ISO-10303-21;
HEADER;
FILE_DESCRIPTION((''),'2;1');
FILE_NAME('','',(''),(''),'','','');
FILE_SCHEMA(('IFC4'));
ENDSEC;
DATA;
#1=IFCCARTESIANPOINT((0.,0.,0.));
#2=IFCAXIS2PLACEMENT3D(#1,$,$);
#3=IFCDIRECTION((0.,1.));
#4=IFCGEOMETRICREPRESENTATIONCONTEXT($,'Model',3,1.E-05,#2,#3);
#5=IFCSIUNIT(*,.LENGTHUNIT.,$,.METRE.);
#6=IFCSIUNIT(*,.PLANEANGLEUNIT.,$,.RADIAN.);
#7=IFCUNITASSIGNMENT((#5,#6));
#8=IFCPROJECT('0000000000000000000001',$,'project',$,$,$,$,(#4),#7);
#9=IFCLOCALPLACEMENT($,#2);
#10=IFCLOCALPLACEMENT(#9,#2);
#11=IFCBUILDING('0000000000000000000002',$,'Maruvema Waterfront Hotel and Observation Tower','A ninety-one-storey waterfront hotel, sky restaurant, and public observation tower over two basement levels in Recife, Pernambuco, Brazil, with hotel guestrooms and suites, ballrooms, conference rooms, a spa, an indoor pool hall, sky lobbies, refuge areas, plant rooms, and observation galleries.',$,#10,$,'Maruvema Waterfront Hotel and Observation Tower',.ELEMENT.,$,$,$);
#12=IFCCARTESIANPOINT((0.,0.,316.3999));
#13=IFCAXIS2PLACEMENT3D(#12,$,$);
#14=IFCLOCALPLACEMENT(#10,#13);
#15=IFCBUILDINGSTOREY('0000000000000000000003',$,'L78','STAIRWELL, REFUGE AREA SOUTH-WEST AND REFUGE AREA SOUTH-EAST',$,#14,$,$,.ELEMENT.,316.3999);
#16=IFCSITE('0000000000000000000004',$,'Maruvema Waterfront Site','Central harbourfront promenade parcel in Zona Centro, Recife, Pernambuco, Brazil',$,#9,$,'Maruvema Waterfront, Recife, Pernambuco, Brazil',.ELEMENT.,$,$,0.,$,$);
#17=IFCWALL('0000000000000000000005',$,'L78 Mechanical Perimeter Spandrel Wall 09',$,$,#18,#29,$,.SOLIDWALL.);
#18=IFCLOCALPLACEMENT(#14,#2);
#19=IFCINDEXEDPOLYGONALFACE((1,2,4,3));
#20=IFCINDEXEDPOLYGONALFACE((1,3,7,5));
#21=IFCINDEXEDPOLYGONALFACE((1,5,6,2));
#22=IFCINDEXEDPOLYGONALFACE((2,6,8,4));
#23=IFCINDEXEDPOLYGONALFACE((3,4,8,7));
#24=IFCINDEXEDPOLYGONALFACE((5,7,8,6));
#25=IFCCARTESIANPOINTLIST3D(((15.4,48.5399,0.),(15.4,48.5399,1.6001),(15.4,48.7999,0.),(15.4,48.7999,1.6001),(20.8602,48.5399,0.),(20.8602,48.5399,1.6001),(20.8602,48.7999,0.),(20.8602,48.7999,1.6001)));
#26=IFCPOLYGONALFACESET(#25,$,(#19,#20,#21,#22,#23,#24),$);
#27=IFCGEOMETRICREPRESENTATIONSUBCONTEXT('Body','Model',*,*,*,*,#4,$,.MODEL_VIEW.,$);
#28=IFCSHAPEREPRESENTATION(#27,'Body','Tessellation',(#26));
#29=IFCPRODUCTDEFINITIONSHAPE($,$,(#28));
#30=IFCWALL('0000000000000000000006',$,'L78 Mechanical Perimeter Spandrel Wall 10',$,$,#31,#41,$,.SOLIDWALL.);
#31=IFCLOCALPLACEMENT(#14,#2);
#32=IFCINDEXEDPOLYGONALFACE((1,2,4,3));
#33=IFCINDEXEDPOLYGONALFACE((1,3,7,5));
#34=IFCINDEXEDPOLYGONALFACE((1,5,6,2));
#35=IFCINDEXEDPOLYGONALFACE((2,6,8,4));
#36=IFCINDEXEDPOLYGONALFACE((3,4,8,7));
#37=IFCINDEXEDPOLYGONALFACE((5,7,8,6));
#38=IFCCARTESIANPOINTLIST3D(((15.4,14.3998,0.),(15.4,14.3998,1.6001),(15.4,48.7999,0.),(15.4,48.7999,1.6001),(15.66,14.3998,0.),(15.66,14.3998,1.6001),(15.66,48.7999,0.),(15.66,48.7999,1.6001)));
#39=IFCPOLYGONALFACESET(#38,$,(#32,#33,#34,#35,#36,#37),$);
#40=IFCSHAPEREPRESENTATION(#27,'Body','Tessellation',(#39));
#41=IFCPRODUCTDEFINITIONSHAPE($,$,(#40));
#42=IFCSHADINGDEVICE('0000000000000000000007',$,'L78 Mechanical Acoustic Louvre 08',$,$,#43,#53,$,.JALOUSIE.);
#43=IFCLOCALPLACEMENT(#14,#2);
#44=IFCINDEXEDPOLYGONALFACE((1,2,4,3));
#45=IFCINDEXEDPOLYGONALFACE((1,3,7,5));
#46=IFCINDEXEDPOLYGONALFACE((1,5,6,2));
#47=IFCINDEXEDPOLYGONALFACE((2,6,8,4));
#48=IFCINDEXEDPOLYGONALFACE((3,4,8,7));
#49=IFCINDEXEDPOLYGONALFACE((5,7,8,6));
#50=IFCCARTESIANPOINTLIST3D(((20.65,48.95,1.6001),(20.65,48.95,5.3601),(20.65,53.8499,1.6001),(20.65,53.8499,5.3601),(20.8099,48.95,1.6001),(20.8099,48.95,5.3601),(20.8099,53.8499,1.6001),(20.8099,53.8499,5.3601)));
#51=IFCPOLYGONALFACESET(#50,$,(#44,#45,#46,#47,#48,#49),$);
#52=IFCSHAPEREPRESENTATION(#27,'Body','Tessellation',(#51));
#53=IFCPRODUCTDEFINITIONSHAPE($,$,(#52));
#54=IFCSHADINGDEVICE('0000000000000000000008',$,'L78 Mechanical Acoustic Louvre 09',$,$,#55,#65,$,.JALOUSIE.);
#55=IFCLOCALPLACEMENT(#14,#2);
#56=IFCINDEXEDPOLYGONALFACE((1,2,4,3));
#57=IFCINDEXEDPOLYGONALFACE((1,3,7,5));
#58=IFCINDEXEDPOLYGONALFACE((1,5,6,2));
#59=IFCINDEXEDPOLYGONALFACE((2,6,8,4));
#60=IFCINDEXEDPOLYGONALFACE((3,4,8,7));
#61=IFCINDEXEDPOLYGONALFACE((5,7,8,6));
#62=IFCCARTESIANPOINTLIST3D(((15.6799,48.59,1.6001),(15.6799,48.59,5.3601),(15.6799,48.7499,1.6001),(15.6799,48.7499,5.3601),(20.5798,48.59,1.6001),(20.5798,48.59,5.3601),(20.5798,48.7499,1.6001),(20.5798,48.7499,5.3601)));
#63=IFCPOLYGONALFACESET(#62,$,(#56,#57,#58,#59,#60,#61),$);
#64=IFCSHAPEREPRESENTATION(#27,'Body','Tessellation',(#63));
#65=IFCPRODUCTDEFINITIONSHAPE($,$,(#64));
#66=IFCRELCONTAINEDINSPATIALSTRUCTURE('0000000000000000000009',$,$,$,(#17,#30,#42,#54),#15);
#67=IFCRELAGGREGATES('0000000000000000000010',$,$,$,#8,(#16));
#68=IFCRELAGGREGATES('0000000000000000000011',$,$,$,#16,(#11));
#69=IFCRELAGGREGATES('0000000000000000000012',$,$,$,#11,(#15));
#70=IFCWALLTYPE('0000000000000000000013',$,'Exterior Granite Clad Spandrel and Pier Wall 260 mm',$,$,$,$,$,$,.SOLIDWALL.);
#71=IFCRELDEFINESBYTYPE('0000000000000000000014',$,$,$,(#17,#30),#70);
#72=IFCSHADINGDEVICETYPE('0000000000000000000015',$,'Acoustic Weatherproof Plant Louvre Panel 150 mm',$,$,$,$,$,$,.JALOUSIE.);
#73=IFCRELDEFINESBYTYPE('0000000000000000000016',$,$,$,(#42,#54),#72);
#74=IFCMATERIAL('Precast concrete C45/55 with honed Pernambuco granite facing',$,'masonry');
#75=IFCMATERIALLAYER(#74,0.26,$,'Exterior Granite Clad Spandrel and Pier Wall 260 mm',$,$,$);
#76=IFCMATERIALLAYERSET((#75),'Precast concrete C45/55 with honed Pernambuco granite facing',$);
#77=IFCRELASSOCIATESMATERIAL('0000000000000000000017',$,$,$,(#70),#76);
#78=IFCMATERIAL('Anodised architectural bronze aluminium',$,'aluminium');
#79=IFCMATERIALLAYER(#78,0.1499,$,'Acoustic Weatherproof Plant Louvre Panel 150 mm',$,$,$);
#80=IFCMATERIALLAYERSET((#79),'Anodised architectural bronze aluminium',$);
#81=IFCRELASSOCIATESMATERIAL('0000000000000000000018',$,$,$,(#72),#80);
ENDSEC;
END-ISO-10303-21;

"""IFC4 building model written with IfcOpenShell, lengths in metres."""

from ifc_helpers import new_model, si_unit, direction, frame, frame_2d, origin, origin_2d, place, context, subcontext, project, spatial, rectangle, extrude, material, layer, layer_set, type_object, element, save


model = new_model("IFC4")

# Units and contexts
model_context = context("Model", 3, precision=1e-05, world=origin(), true_north=direction((0.0, 1.0)))
body_context = subcontext(model_context, "Body", "Model", "MODEL_VIEW")
ifc_project = project(units=[si_unit("LENGTHUNIT", "METRE"), si_unit("PLANEANGLEUNIT", "RADIAN")], contexts=[model_context])

# Site, building, storey
site_placement = place(None, origin())
site = spatial("IfcSite", under=ifc_project, at=site_placement, Name="Maruvema Waterfront Site", Description="Central harbourfront promenade parcel in Zona Centro, Recife, Pernambuco, Brazil", LongName="Maruvema Waterfront, Recife, Pernambuco, Brazil", CompositionType="ELEMENT", RefElevation=0.0)
building_placement = place(site_placement, origin())
building = spatial("IfcBuilding", under=site, at=building_placement, Name="Maruvema Waterfront Hotel and Observation Tower", Description="A ninety-one-storey waterfront hotel, sky restaurant, and public observation tower over two basement levels in Recife, Pernambuco, Brazil, with hotel guestrooms and suites, ballrooms, conference rooms, a spa, an indoor pool hall, sky lobbies, refuge areas, plant rooms, and observation galleries.", LongName="Maruvema Waterfront Hotel and Observation Tower", CompositionType="ELEMENT")
storey_placement = place(building_placement, frame((0.0, 0.0, 316.3999)))
storey = spatial("IfcBuildingStorey", under=building, at=storey_placement, Name="L78", Description="STAIRWELL, REFUGE AREA SOUTH-WEST AND REFUGE AREA SOUTH-EAST", CompositionType="ELEMENT", Elevation=316.3999)

# Walls
ifc_material_1 = material(Name="Precast concrete C45/55 with honed Pernambuco granite facing", Category="masonry")
ifc_layer_1 = layer(ifc_material_1, 0.26, Name="Exterior Granite Clad Spandrel and Pier Wall 260 mm")
ifc_layer_set_1 = layer_set([ifc_layer_1], Name="Precast concrete C45/55 with honed Pernambuco granite facing")
wall_type_1 = type_object("IfcWallType", Name="Exterior Granite Clad Spandrel and Pier Wall 260 mm", PredefinedType="SOLIDWALL", material=ifc_layer_set_1)
wall_1_placement = place(storey_placement, frame((20.8601, 48.6699, 0.0), z_axis=(0.0, 0.0, 1.0), x_axis=(-1.0, 0.0, 0.0)))
element("IfcWall", 1, at=wall_1_placement, inside=storey, type_object=wall_type_1, Name="L78 Mechanical Perimeter Spandrel Wall 09", PredefinedType="SOLIDWALL", context=body_context, shape_type="SweptSolid", body=[
    extrude(rectangle(XDim=5.4602, YDim=0.26, at=frame_2d((2.73, 0.0))), origin(), (0.0, 0.0, 1.0), 1.6001),
])
wall_2_placement = place(storey_placement, frame((15.53, 48.8, 0.0), z_axis=(0.0, 0.0, 1.0), x_axis=(0.0, -1.0, 0.0)))
element("IfcWall", 2, at=wall_2_placement, inside=storey, type_object=wall_type_1, Name="L78 Mechanical Perimeter Spandrel Wall 10", PredefinedType="SOLIDWALL", context=body_context, shape_type="SweptSolid", body=[
    extrude(rectangle(XDim=34.4001, YDim=0.26, at=frame_2d((17.2002, 0.0))), origin(), (0.0, 0.0, 1.0), 1.6001),
])

# Shading devices
ifc_material_2 = material(Name="Anodised architectural bronze aluminium", Category="aluminium")
ifc_layer_2 = layer(ifc_material_2, 0.1499, Name="Acoustic Weatherproof Plant Louvre Panel 150 mm")
ifc_layer_set_2 = layer_set([ifc_layer_2], Name="Anodised architectural bronze aluminium")
shading_device_type = type_object("IfcShadingDeviceType", Name="Acoustic Weatherproof Plant Louvre Panel 150 mm", PredefinedType="JALOUSIE", material=ifc_layer_set_2)
for number, where, z_axis, x_axis, name in (
    (3, (20.73, 51.3999, 1.6001), (0.0, 0.0, 1.0), (0.0, -1.0, 0.0), "L78 Mechanical Acoustic Louvre 08"),
    (4, (18.1299, 48.6699, 1.6001), (0.0, 0.0, 1.0), (-1.0, 0.0, 0.0), "L78 Mechanical Acoustic Louvre 09"),
):
    element("IfcShadingDevice", number, at=place(storey_placement, frame(where, z_axis=z_axis, x_axis=x_axis)), inside=storey, type_object=shading_device_type, Name=name, PredefinedType="JALOUSIE", context=body_context, shape_type="SweptSolid", body=[
        extrude(rectangle(XDim=4.8999, YDim=0.1599, at=origin_2d()), origin(), (0.0, 0.0, 1.0), 3.76),
    ])

save(model, "model.ifc")
